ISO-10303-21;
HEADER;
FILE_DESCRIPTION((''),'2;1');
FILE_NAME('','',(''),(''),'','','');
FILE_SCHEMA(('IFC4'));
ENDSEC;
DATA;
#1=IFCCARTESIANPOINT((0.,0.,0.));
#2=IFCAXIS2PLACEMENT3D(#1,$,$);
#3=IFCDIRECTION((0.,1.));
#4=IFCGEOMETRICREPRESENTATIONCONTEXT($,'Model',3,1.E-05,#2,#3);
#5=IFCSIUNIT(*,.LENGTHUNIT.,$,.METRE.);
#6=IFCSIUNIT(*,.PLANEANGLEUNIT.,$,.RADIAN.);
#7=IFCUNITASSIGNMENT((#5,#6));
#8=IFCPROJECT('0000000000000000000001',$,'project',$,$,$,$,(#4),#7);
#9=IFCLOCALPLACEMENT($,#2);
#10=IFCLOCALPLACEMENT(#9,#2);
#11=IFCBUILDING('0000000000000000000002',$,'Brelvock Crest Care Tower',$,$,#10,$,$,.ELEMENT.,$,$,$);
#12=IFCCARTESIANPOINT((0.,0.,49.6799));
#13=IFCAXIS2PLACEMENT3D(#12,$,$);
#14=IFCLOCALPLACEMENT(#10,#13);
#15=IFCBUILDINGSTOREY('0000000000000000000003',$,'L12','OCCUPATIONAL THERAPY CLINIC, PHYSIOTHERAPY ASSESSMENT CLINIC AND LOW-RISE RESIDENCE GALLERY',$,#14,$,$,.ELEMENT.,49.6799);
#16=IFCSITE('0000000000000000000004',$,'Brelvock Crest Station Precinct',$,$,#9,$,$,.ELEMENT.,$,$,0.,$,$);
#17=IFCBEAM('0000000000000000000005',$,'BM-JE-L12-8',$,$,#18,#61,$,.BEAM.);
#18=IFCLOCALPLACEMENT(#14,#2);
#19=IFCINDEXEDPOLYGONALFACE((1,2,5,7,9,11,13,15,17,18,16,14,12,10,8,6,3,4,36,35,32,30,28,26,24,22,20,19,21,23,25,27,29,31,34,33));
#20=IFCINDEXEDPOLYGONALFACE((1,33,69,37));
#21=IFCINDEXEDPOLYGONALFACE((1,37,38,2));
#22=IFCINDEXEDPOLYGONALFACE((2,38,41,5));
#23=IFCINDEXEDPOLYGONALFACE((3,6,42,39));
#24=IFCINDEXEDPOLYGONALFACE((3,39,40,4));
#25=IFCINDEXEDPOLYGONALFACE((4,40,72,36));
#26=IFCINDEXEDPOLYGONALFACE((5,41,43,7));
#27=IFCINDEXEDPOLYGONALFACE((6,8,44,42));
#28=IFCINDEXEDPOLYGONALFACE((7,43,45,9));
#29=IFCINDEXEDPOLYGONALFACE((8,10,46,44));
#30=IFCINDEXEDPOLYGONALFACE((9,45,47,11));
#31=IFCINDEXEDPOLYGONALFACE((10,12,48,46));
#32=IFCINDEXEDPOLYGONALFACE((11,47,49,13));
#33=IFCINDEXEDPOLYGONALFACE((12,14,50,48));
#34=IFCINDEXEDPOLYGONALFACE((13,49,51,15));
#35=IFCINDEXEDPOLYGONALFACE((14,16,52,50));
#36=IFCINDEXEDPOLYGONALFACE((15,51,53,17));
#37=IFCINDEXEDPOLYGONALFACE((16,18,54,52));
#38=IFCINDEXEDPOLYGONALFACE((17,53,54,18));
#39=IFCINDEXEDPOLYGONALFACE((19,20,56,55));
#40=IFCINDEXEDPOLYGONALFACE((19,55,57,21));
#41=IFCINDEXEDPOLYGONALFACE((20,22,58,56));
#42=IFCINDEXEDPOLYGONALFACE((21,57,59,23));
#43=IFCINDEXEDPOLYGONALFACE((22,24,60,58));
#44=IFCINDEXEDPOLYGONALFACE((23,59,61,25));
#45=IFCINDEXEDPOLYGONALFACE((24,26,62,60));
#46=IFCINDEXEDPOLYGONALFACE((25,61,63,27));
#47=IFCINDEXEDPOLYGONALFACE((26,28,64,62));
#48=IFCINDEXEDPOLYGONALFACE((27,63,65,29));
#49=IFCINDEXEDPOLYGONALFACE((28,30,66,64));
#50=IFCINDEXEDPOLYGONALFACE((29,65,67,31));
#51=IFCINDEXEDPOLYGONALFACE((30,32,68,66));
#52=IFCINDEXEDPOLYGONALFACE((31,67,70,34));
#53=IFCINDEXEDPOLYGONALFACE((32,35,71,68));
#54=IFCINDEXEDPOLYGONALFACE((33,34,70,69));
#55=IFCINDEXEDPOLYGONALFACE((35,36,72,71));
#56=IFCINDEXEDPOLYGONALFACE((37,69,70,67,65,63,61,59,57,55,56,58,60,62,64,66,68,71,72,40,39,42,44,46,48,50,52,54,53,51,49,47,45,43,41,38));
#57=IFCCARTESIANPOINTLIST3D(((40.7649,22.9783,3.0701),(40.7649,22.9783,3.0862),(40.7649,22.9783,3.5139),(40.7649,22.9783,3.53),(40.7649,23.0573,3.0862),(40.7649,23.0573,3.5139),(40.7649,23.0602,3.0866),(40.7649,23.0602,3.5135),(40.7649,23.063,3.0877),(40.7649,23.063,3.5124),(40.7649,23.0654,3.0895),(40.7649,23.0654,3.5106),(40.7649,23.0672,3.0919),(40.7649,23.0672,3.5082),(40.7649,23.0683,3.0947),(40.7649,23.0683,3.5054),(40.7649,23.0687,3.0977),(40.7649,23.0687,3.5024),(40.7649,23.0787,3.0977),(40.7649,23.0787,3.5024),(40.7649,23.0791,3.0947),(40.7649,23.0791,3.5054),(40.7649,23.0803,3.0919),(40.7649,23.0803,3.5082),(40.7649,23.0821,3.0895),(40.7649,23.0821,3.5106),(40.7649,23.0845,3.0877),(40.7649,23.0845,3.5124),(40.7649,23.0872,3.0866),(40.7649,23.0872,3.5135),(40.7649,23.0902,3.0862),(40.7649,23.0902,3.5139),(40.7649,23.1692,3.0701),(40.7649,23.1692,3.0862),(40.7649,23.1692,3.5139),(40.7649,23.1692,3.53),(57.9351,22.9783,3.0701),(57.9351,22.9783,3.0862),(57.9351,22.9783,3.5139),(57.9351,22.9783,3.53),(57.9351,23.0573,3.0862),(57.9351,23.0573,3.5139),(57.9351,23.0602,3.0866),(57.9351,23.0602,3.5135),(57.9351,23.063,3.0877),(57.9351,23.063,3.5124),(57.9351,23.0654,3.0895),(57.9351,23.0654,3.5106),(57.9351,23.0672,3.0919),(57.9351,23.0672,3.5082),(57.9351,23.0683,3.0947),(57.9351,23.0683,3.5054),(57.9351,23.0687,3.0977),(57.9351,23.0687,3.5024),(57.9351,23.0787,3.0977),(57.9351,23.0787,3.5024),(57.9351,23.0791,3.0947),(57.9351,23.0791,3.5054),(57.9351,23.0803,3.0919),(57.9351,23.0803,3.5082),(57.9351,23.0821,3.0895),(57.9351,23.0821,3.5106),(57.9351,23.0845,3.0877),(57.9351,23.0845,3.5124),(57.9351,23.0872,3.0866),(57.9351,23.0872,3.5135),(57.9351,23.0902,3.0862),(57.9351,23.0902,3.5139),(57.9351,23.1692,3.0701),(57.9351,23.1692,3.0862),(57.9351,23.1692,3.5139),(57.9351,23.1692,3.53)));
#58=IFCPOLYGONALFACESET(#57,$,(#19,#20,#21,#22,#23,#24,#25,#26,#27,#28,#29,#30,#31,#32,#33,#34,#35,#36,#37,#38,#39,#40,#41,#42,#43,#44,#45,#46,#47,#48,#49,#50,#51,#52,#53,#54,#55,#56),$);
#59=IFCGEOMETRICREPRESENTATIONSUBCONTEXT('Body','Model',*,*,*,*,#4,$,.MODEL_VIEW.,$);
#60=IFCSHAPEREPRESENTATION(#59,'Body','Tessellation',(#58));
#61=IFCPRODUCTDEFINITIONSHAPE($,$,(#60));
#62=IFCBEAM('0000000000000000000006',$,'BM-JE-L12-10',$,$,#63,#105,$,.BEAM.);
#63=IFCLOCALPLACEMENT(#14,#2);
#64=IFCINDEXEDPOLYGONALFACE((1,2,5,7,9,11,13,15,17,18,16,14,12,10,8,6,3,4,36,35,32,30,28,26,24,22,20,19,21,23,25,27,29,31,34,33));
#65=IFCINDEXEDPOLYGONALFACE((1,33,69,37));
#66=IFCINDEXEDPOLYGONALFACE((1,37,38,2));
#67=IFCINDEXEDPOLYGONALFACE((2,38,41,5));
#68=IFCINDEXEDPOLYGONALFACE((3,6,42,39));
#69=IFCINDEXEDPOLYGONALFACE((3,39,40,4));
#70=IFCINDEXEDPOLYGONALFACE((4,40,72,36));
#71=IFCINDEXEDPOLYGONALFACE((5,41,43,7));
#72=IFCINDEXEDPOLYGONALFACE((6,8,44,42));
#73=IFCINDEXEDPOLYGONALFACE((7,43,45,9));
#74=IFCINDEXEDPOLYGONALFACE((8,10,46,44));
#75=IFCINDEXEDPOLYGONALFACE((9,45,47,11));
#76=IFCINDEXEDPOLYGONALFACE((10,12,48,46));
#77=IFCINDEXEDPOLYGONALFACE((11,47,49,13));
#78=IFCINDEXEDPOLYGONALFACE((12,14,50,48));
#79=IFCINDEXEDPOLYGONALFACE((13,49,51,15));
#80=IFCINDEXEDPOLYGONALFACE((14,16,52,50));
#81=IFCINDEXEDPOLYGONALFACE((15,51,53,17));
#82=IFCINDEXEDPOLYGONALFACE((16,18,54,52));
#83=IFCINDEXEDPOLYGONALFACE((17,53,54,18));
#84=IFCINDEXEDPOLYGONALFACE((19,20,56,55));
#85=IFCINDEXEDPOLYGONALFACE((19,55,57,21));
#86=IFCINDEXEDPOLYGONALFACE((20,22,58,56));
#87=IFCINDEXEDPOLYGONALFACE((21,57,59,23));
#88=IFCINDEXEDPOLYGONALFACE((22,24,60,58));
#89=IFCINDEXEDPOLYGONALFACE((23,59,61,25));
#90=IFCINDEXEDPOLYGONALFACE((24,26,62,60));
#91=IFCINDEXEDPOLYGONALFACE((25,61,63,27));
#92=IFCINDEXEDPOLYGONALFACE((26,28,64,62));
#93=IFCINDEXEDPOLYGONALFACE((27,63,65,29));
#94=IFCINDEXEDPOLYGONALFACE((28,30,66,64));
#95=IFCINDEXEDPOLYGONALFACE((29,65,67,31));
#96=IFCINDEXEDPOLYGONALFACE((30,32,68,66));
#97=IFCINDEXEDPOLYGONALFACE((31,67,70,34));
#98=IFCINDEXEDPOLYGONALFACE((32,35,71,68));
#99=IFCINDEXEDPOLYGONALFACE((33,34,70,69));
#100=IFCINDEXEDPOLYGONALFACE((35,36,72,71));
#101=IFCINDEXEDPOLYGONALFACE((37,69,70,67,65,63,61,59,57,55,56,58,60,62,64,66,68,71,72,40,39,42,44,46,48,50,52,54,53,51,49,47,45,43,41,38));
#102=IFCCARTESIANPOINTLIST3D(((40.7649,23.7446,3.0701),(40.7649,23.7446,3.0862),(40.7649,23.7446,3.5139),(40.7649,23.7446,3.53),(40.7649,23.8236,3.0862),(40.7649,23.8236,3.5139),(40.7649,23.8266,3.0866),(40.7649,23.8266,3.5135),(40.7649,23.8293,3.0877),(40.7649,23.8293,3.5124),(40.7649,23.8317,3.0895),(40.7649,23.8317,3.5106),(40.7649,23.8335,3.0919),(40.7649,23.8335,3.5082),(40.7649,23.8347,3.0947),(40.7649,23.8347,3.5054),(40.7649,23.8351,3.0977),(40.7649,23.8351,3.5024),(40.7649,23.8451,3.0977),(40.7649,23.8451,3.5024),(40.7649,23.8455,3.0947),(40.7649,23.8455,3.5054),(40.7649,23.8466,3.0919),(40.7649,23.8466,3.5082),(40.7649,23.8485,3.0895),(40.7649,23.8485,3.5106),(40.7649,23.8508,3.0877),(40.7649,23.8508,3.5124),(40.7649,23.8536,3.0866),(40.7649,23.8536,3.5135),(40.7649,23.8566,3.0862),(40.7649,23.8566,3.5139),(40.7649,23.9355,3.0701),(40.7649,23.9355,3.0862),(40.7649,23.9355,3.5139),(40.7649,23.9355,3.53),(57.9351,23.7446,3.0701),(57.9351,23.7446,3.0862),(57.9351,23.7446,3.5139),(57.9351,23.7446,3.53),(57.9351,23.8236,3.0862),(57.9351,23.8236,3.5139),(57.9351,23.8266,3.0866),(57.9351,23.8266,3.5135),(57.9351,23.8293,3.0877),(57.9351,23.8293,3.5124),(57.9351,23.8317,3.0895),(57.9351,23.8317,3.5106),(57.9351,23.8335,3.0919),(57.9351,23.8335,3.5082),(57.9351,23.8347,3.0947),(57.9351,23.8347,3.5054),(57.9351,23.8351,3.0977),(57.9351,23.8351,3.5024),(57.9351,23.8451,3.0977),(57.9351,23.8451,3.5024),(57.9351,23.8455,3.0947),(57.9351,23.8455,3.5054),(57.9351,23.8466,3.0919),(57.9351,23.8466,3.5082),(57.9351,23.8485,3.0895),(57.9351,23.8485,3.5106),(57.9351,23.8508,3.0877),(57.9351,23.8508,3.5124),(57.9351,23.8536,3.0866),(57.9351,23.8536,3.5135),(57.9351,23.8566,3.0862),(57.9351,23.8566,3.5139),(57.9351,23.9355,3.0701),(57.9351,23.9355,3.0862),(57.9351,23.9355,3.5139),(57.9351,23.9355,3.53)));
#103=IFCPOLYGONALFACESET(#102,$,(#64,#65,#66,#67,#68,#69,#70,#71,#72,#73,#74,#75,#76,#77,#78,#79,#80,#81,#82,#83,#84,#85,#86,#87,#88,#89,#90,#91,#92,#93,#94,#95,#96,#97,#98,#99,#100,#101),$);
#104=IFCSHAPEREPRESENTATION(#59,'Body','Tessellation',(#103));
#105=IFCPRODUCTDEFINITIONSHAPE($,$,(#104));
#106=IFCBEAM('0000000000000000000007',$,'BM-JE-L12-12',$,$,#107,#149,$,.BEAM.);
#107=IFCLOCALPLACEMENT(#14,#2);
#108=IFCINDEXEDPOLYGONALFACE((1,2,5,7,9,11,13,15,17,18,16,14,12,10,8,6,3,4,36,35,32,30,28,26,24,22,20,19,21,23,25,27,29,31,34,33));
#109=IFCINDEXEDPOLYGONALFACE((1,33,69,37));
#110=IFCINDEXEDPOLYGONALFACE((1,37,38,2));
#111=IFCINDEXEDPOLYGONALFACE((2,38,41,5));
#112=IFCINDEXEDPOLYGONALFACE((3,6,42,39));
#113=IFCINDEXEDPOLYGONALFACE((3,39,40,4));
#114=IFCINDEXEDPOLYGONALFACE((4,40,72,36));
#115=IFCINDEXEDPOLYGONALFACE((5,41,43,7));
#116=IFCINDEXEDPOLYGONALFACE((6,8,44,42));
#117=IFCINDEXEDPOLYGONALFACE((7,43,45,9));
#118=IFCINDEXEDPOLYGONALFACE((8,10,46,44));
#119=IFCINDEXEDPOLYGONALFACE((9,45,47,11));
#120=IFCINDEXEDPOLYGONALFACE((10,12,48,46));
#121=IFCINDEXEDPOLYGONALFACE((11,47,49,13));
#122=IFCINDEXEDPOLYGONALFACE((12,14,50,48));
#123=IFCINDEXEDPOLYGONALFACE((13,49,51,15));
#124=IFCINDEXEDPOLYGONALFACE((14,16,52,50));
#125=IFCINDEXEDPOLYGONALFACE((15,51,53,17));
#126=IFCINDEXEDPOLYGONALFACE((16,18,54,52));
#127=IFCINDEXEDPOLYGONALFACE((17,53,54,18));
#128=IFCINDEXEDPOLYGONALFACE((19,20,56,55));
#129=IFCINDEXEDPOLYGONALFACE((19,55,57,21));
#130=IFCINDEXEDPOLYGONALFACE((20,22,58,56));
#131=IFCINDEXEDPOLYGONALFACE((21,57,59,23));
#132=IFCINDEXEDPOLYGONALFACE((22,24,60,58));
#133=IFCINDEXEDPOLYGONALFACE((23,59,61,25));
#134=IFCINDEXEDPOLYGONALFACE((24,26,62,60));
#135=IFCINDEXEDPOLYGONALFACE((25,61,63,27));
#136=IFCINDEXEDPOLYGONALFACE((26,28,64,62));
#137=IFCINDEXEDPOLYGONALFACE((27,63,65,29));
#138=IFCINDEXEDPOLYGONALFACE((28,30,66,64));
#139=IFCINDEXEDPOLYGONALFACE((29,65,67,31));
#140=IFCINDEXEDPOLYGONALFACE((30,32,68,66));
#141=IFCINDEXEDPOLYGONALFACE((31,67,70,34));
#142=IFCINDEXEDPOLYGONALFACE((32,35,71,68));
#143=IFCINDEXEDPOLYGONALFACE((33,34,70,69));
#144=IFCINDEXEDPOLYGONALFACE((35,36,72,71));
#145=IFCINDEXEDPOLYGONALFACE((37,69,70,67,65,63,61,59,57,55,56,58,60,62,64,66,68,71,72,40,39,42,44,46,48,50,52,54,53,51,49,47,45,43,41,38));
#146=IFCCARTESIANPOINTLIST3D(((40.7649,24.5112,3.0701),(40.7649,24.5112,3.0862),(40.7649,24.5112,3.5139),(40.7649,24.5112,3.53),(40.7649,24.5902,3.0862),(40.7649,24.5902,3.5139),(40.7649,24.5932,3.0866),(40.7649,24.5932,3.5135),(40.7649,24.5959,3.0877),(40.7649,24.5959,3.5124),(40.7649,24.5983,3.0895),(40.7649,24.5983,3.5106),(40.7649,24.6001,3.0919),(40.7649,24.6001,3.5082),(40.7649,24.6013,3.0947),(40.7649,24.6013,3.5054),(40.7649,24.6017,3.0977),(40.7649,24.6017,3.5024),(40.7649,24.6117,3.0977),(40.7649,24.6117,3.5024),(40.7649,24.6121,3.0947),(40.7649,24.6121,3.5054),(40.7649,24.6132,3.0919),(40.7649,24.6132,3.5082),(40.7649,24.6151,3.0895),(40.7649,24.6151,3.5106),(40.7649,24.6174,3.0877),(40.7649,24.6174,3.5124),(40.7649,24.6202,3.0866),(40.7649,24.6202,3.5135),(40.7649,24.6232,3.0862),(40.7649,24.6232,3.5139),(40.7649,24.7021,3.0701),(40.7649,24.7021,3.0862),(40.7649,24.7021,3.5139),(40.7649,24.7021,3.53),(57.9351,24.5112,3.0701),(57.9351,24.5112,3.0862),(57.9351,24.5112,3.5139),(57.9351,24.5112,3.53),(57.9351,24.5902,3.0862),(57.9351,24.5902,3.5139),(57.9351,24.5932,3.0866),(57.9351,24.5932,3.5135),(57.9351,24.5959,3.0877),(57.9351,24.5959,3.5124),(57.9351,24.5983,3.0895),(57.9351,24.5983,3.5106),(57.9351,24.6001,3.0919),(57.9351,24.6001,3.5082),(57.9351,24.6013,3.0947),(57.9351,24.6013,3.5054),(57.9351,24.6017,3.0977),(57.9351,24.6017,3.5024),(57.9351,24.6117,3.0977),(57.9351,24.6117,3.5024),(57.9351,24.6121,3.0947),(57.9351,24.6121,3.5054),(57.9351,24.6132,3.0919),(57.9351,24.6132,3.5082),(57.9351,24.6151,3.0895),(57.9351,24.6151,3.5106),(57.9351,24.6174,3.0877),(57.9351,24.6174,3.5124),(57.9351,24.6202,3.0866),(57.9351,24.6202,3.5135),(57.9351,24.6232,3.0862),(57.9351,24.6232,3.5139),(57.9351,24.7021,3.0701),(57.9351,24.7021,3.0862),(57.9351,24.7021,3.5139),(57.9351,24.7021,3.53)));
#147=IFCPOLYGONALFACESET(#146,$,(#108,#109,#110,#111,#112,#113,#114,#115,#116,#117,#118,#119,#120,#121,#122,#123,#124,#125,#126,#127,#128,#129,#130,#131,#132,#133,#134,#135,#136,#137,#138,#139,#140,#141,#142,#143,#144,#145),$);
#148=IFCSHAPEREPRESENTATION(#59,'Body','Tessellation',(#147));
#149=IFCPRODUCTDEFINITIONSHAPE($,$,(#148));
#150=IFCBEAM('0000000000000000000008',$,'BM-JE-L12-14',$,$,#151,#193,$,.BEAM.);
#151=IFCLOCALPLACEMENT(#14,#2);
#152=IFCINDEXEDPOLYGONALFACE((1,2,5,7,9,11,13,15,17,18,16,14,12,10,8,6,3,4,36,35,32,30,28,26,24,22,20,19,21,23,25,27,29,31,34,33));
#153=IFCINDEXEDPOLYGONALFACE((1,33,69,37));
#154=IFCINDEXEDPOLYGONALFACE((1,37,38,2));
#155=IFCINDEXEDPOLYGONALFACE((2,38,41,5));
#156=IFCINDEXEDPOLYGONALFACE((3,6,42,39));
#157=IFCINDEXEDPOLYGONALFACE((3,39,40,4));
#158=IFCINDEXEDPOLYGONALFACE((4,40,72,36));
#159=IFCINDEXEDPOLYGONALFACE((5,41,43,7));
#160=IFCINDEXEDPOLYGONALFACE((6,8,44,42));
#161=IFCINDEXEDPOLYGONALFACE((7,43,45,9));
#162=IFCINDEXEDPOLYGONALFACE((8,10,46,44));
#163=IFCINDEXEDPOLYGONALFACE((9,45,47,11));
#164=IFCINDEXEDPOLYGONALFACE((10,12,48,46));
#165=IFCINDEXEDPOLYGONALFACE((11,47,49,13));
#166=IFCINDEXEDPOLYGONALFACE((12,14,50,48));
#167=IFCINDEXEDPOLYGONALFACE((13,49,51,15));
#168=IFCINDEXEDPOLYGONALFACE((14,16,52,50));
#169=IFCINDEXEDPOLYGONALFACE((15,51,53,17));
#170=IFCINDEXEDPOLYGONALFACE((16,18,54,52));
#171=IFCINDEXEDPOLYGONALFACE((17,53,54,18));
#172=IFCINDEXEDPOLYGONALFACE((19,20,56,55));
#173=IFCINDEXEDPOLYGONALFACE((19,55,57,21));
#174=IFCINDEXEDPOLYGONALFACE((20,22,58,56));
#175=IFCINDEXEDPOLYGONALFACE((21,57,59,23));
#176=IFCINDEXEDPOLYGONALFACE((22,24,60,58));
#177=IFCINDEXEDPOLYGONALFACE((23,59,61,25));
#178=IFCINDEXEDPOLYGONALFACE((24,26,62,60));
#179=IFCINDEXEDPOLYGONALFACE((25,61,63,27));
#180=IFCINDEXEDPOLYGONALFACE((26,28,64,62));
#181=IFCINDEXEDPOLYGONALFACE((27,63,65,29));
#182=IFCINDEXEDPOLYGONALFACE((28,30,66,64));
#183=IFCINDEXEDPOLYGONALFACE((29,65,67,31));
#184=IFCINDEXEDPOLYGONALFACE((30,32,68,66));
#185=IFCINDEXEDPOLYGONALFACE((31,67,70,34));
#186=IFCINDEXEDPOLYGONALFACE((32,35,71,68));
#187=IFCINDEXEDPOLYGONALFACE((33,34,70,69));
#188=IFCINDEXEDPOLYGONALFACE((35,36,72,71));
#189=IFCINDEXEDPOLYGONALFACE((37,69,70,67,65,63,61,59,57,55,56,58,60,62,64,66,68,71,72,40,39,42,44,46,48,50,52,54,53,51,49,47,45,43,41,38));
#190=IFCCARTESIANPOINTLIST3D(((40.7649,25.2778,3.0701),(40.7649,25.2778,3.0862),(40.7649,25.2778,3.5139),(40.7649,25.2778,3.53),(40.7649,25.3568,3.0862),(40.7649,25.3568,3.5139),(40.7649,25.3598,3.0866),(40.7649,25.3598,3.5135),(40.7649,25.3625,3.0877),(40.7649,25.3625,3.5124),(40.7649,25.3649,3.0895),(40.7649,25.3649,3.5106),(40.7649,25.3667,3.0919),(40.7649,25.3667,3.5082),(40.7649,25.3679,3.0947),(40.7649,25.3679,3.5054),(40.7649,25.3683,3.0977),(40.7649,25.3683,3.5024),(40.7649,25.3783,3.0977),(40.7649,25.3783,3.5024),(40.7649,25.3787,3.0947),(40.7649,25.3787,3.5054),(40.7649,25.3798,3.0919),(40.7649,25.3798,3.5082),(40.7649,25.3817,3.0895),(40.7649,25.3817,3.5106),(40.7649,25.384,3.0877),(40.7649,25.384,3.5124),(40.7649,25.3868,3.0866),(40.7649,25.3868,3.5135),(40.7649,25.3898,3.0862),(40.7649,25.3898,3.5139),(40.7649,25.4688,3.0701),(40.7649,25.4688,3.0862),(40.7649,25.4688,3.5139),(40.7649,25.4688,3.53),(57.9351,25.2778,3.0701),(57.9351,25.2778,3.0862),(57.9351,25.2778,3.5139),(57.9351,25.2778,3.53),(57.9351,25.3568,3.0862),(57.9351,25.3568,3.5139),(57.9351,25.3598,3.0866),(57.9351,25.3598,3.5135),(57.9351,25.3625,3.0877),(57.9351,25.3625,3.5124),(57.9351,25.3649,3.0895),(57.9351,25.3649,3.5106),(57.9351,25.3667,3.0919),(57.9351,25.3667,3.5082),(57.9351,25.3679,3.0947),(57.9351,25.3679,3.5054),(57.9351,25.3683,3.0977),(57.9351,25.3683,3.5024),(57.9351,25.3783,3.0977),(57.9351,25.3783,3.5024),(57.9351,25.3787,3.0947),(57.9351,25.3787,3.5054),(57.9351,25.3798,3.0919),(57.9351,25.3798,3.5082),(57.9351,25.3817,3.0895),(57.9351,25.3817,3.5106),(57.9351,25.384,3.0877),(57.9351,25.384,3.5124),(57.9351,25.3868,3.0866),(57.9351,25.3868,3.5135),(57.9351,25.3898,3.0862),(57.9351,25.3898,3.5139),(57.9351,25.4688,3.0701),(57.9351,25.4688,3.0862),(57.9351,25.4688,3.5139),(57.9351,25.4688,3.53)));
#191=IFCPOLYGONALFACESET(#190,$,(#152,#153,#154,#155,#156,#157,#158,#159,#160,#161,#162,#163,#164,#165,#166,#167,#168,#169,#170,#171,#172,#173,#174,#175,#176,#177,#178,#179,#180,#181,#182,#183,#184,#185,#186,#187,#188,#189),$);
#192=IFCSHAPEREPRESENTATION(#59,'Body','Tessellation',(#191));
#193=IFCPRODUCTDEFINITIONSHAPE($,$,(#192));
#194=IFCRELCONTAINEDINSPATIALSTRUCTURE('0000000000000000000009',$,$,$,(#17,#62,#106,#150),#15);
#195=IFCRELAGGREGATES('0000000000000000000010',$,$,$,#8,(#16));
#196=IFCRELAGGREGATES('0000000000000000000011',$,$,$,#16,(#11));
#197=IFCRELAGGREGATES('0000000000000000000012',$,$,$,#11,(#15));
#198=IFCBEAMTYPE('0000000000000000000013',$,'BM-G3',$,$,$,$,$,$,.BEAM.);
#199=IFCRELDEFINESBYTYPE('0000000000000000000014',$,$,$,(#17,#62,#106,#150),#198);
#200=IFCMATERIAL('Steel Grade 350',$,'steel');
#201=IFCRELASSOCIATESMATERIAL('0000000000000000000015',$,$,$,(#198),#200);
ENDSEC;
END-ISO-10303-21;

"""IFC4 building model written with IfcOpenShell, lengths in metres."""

from ifc_helpers import new_model, si_unit, direction, frame, origin, origin_2d, place, context, subcontext, project, spatial, i_section, extrude, source, transform, mapped, material, material_profile, profile_set, type_object, element, save


model = new_model("IFC4")

# Units and contexts
model_context = context("Model", 3, precision=1e-05, world=origin(), true_north=direction((0.0, 1.0)))
body_context = subcontext(model_context, "Body", "Model", "MODEL_VIEW")
ifc_project = project(units=[si_unit("LENGTHUNIT", "METRE"), si_unit("PLANEANGLEUNIT", "RADIAN")], contexts=[model_context])

# Site, building, storey
site_placement = place(None, origin())
site = spatial("IfcSite", under=ifc_project, at=site_placement, Name="Brelvock Crest Station Precinct", CompositionType="ELEMENT", RefElevation=0.0)
building_placement = place(site_placement, origin())
building = spatial("IfcBuilding", under=site, at=building_placement, Name="Brelvock Crest Care Tower", CompositionType="ELEMENT")
storey_placement = place(building_placement, frame((0.0, 0.0, 49.6799)))
storey = spatial("IfcBuildingStorey", under=building, at=storey_placement, Name="L12", Description="OCCUPATIONAL THERAPY CLINIC, PHYSIOTHERAPY ASSESSMENT CLINIC AND LOW-RISE RESIDENCE GALLERY", CompositionType="ELEMENT", Elevation=49.6799)

# Shared definitions
ifc_material_1 = material(Name="Steel Grade 350", Category="steel")

# Beams
ifc_material_profile_1 = material_profile(ifc_material_1, i_section(OverallWidth=0.1909, OverallDepth=0.46, WebThickness=0.01, FlangeThickness=0.0161, FilletRadius=0.0115, at=origin_2d()), Name="460UB82.1")
ifc_profile_set_1 = profile_set([ifc_material_profile_1], Name="Steel Grade 350")
beam_type_1 = type_object("IfcBeamType", Name="BM-G3", PredefinedType="BEAM", material=ifc_profile_set_1)
shared_shape_1 = source(origin(), body_context, "Body", "SweptSolid", [
    extrude(i_section(OverallWidth=0.1909, OverallDepth=0.46, WebThickness=0.01, FlangeThickness=0.0161, FilletRadius=0.0115, at=origin_2d()), origin(), (0.0, 0.0, 1.0), 17.1702),
])
for number, where, z_axis, x_axis, name in (
    (1, (40.7649, 23.0737, 3.3), (1.0, 0.0, 0.0), (0.0, 1.0, 0.0), "BM-JE-L12-8"),
    (2, (40.7649, 23.8401, 3.3), (1.0, 0.0, 0.0), (0.0, 1.0, 0.0), "BM-JE-L12-10"),
    (3, (40.7649, 24.6067, 3.3), (1.0, 0.0, 0.0), (0.0, 1.0, 0.0), "BM-JE-L12-12"),
    (4, (40.7649, 25.3733, 3.3), (1.0, 0.0, 0.0), (0.0, 1.0, 0.0), "BM-JE-L12-14"),
):
    element("IfcBeam", number, at=place(storey_placement, frame(where, z_axis=z_axis, x_axis=x_axis)), inside=storey, type_object=beam_type_1, Name=name, PredefinedType="BEAM", context=body_context, shape_type="MappedRepresentation", body=[
        mapped(shared_shape_1, transform((0.0, 0.0, 0.0), x_axis=(1.0, 0.0, 0.0), y_axis=(0.0, 1.0, 0.0), z_axis=(0.0, 0.0, 1.0), scale=1.0)),
    ])

save(model, "model.ifc")
